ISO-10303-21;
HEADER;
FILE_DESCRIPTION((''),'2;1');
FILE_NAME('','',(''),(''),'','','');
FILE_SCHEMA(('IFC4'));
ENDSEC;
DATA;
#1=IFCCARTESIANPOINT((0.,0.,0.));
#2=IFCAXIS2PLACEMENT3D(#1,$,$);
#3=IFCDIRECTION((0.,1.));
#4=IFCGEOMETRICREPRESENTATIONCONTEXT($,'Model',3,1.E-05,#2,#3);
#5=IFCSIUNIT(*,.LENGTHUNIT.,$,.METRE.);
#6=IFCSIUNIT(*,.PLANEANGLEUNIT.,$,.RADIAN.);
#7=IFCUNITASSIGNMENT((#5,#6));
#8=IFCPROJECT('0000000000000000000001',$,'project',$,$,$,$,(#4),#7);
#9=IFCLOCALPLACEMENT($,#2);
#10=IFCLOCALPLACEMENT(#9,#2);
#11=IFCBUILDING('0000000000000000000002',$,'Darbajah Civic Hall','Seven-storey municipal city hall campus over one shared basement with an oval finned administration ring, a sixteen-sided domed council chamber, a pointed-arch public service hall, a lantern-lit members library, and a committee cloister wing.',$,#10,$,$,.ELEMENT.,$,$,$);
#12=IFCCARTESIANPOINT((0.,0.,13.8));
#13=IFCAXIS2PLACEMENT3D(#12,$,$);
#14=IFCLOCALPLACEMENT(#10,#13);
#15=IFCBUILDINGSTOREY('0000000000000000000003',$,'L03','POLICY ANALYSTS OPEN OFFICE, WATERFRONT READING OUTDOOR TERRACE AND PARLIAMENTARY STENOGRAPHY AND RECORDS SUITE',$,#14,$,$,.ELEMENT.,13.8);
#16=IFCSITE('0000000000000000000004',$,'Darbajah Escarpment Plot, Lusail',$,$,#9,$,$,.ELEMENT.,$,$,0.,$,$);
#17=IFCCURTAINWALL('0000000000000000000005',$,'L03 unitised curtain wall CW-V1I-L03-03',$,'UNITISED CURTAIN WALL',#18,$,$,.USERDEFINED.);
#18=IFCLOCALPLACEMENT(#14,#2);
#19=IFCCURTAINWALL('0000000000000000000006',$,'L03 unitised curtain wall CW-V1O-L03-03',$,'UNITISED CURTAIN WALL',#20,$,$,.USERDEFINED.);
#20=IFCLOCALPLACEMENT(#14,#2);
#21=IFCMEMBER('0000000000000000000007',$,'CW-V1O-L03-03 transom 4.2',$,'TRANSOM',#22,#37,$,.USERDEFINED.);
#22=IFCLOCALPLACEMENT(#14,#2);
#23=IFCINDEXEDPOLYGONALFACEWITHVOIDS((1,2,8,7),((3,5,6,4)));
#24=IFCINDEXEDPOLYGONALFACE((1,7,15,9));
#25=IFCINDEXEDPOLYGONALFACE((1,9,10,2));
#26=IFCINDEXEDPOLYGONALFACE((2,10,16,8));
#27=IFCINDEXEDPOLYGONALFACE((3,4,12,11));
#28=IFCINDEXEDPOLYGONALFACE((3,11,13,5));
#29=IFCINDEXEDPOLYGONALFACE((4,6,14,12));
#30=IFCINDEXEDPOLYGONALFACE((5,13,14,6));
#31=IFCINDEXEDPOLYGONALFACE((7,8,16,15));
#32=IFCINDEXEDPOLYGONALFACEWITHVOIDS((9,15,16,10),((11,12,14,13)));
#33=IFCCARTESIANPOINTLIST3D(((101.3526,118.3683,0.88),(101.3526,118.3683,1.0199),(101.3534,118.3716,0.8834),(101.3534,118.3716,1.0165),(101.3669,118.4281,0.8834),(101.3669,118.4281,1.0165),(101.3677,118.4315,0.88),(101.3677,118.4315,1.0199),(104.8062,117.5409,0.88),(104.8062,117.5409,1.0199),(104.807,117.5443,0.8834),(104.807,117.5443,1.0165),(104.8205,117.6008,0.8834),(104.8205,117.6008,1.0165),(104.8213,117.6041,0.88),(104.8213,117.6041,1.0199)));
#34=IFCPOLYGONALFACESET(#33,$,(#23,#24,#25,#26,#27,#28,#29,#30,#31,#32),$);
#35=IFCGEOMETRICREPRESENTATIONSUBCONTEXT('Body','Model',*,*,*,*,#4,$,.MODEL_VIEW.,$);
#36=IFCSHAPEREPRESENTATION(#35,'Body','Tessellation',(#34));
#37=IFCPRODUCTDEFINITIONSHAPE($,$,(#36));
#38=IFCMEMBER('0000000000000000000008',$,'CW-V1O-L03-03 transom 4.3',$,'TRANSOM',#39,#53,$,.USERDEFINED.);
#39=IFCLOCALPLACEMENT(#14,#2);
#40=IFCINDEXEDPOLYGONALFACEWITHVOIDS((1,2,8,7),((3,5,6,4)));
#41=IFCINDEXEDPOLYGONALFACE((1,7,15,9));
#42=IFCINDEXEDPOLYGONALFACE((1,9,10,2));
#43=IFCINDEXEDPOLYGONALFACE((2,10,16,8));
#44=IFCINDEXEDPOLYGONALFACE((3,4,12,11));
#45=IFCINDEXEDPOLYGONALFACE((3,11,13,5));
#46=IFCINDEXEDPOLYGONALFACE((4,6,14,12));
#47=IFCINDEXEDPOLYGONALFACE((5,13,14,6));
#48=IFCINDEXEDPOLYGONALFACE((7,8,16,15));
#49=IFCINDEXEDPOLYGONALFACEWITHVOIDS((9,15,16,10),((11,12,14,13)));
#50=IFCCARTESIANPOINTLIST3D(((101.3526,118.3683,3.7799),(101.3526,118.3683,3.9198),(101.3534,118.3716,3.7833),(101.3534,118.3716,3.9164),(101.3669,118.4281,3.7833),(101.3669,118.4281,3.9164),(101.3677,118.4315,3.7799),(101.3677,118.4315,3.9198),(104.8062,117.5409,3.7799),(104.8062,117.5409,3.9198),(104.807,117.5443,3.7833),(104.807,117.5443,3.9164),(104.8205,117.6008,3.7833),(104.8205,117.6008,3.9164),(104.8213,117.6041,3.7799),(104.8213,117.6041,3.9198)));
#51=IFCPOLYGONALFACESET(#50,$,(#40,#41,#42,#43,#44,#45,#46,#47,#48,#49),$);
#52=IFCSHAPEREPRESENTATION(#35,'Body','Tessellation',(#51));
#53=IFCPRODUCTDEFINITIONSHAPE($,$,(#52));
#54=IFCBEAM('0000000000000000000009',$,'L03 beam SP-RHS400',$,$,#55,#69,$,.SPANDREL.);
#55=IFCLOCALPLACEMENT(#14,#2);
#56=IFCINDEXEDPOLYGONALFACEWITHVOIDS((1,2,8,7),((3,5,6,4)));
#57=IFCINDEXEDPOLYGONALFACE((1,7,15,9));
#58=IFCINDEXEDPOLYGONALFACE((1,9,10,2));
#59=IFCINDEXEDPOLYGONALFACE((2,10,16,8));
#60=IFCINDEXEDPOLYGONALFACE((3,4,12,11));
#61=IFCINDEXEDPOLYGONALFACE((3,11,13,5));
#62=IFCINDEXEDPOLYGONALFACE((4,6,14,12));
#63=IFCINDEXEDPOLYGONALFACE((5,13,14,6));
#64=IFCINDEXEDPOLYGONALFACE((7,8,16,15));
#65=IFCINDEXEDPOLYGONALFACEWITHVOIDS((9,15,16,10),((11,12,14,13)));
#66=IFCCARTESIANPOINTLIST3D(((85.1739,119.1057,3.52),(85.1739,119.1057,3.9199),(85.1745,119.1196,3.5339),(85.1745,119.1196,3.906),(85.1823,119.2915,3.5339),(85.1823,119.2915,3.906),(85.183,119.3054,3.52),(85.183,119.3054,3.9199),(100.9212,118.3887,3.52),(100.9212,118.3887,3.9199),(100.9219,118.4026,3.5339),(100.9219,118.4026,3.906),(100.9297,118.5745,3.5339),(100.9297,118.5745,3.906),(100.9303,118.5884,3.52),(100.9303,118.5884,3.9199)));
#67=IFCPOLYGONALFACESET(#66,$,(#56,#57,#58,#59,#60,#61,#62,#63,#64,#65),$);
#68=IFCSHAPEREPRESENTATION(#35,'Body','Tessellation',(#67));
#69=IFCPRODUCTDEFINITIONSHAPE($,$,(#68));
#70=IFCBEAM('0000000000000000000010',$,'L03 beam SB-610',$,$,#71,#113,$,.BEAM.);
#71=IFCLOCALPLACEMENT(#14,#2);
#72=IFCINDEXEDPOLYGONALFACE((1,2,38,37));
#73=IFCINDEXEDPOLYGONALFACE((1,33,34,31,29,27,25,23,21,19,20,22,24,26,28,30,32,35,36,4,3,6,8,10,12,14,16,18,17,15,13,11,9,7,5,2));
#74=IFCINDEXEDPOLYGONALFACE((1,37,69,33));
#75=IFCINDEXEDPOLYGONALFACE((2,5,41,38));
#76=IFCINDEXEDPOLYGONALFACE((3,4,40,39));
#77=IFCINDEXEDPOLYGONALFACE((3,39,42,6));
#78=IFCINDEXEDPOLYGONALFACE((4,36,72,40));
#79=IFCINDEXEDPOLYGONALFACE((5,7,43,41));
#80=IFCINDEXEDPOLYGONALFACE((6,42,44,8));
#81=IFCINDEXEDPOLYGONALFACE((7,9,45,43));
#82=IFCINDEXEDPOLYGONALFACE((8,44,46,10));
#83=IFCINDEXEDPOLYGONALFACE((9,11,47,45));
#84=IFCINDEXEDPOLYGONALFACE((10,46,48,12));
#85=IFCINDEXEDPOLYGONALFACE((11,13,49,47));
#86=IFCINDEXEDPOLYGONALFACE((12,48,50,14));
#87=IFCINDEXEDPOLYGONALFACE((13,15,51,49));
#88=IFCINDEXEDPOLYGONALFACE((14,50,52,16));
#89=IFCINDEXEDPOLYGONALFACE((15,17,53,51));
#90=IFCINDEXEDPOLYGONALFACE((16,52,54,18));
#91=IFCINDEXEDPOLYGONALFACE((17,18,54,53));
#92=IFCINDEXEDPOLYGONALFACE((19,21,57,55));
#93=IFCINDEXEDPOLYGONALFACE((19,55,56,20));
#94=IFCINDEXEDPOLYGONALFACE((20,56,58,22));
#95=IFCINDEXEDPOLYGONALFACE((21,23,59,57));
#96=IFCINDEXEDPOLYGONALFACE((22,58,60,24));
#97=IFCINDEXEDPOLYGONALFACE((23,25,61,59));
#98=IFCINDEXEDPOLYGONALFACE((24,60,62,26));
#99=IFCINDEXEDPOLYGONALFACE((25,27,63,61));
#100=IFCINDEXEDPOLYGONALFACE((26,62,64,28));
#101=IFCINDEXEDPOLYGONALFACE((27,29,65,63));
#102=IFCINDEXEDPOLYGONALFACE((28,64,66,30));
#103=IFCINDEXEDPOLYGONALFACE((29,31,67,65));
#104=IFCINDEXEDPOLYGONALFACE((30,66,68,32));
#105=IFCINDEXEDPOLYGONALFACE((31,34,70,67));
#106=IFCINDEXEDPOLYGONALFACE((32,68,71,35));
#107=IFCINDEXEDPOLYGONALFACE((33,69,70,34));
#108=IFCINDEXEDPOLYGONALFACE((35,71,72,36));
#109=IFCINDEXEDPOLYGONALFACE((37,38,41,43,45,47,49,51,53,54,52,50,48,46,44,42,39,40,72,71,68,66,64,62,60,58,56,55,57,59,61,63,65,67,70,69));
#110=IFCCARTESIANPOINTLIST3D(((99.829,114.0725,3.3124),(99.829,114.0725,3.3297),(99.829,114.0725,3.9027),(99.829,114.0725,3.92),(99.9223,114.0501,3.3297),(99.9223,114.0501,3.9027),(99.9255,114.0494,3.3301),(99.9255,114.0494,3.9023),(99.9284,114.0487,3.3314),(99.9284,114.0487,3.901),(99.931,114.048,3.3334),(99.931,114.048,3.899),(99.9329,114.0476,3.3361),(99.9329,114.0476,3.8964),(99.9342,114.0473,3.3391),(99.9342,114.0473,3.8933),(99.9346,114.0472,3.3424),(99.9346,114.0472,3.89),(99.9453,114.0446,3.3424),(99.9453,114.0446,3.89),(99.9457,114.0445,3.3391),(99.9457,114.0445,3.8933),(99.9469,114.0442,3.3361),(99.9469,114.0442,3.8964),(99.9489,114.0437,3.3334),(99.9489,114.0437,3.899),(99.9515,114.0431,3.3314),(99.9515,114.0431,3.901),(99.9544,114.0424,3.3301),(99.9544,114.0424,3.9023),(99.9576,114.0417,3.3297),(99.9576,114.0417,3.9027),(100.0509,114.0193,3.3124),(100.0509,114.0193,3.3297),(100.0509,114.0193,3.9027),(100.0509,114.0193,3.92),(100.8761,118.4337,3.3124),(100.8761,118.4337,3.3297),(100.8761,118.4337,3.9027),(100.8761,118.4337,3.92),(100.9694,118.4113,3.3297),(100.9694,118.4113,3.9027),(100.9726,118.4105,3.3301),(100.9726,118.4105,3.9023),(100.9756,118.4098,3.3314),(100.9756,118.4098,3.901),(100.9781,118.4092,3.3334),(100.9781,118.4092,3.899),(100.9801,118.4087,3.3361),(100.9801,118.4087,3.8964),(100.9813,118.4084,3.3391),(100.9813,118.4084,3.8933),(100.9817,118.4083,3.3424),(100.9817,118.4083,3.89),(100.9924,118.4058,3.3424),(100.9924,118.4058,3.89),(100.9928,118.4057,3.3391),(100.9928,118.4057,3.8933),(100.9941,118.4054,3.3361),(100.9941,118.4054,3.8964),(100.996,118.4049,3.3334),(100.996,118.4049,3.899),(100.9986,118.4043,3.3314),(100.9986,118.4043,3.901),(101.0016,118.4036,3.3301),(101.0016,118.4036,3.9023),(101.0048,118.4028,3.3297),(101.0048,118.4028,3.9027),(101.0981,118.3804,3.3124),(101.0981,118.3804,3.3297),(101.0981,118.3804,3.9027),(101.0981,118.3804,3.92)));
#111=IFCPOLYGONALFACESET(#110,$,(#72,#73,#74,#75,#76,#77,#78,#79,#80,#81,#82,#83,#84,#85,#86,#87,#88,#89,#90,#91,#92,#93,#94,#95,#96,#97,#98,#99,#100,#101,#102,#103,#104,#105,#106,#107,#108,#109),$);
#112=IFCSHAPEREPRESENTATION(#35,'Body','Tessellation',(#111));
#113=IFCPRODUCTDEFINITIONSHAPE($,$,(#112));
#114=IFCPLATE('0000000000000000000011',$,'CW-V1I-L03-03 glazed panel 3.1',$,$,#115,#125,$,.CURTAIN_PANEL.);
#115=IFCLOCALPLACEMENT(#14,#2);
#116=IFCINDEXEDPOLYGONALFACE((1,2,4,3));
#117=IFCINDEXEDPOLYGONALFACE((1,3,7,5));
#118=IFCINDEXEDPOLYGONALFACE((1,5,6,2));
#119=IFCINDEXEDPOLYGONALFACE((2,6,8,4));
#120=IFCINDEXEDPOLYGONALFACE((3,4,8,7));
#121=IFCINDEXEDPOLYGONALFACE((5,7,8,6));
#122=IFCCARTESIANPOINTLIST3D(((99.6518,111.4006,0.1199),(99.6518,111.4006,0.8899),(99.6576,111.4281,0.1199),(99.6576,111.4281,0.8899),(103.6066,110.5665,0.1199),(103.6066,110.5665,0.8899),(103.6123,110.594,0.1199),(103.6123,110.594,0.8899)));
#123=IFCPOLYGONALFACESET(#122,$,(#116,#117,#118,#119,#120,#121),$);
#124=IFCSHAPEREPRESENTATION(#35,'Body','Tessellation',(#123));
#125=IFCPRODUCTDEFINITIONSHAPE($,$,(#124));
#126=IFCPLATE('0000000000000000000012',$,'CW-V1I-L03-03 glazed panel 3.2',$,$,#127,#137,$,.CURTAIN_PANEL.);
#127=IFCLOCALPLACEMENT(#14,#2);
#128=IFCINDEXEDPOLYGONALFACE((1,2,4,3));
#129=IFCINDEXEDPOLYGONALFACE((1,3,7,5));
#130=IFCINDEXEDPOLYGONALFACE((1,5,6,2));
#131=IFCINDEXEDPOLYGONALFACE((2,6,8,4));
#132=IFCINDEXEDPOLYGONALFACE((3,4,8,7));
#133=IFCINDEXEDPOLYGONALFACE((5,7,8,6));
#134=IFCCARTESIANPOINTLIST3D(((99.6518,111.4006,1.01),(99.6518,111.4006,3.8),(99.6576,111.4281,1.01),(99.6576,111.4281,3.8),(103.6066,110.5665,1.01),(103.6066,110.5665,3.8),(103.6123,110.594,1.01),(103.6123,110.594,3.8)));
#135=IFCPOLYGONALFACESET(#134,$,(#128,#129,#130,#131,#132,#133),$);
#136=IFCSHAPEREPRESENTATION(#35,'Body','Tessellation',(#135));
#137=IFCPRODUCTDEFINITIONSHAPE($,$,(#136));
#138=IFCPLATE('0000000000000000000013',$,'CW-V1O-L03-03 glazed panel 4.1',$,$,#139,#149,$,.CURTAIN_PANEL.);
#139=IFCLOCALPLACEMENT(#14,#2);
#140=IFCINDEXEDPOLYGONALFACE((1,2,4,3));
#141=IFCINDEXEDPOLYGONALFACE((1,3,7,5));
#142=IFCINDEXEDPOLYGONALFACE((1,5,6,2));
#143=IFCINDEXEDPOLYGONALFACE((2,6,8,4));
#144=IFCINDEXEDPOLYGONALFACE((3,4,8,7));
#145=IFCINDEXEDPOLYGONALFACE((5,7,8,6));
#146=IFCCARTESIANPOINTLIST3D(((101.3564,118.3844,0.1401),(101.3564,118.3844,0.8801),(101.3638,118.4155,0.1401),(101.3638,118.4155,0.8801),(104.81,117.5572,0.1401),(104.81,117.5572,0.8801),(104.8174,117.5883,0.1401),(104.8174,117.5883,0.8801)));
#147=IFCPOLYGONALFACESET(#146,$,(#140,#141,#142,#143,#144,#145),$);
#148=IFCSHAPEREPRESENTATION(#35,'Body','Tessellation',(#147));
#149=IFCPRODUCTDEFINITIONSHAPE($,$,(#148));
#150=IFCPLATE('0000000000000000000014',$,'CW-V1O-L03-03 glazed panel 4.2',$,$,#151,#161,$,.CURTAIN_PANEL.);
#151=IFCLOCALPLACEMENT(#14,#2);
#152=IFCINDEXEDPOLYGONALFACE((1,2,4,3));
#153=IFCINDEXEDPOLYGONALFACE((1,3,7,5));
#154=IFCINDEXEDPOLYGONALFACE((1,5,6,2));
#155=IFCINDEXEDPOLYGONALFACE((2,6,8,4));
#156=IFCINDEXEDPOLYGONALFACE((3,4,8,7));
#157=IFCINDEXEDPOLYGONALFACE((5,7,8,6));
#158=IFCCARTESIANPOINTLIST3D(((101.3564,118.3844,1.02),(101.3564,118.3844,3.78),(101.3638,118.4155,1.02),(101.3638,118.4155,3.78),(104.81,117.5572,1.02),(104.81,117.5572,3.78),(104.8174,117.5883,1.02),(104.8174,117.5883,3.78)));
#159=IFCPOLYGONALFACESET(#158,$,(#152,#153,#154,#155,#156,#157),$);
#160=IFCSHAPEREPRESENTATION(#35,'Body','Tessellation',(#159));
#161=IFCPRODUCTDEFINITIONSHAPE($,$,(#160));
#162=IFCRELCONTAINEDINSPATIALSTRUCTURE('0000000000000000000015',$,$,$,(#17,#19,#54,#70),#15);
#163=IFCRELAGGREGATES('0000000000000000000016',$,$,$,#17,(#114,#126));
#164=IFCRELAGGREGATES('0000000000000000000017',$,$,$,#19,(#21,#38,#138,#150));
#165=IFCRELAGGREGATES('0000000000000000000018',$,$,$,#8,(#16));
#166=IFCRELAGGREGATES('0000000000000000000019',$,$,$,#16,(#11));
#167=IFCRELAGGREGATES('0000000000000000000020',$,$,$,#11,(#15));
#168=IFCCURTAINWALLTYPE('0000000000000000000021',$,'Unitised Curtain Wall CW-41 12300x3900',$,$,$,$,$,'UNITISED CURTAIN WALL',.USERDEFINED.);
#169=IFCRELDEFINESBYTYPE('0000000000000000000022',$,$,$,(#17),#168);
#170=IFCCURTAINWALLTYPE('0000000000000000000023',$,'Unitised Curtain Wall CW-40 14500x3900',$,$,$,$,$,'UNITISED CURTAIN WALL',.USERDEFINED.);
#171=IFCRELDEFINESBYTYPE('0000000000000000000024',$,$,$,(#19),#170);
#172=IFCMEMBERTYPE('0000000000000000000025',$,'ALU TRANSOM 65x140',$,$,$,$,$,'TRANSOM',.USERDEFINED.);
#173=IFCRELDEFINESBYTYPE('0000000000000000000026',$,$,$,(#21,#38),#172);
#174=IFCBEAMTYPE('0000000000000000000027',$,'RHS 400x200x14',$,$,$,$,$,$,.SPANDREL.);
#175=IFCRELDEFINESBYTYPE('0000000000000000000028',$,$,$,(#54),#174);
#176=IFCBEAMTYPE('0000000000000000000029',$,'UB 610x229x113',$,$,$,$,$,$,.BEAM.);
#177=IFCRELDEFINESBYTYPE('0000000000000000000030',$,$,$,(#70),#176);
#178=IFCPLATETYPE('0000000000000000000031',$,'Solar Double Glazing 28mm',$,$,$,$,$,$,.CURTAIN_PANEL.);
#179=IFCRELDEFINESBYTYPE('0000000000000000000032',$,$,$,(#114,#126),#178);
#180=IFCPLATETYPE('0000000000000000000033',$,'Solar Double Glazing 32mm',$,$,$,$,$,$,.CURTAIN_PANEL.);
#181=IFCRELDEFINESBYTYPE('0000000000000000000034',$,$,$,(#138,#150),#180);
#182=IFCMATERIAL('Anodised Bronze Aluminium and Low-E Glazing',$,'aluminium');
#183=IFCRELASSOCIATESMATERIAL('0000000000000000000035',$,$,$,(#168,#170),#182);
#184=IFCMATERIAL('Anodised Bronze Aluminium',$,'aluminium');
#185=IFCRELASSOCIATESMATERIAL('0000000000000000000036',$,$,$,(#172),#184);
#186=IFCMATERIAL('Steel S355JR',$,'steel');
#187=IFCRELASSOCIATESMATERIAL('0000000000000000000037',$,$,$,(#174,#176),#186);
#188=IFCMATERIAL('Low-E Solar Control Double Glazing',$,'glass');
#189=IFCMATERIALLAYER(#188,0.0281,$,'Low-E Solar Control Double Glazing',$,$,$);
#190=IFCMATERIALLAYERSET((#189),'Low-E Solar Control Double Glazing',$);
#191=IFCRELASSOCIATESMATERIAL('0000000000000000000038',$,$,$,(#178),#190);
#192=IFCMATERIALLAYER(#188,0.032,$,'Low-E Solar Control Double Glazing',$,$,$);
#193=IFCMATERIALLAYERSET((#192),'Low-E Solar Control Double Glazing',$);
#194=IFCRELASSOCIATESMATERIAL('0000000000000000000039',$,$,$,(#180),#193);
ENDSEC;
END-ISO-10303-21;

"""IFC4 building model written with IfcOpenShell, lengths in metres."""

from ifc_helpers import new_model, si_unit, direction, frame, origin, origin_2d, place, context, subcontext, project, spatial, rectangle, hollow_rectangle, i_section, extrude, material, layer, layer_set, material_profile, profile_set, type_object, element, aggregate, save


model = new_model("IFC4")

# Units and contexts
model_context = context("Model", 3, precision=1e-05, world=origin(), true_north=direction((0.0, 1.0)))
body_context = subcontext(model_context, "Body", "Model", "MODEL_VIEW")
ifc_project = project(units=[si_unit("LENGTHUNIT", "METRE"), si_unit("PLANEANGLEUNIT", "RADIAN")], contexts=[model_context])

# Site, building, storey
site_placement = place(None, origin())
site = spatial("IfcSite", under=ifc_project, at=site_placement, Name="Darbajah Escarpment Plot, Lusail", CompositionType="ELEMENT", RefElevation=0.0)
building_placement = place(site_placement, origin())
building = spatial("IfcBuilding", under=site, at=building_placement, Name="Darbajah Civic Hall", Description="Seven-storey municipal city hall campus over one shared basement with an oval finned administration ring, a sixteen-sided domed council chamber, a pointed-arch public service hall, a lantern-lit members library, and a committee cloister wing.", CompositionType="ELEMENT")
storey_placement = place(building_placement, frame((0.0, 0.0, 13.8)))
storey = spatial("IfcBuildingStorey", under=building, at=storey_placement, Name="L03", Description="POLICY ANALYSTS OPEN OFFICE, WATERFRONT READING OUTDOOR TERRACE AND PARLIAMENTARY STENOGRAPHY AND RECORDS SUITE", CompositionType="ELEMENT", Elevation=13.8)

# Curtain walls
ifc_material_1 = material(Name="Anodised Bronze Aluminium and Low-E Glazing", Category="aluminium")
curtain_wall_type_1 = type_object("IfcCurtainWallType", Name="Unitised Curtain Wall CW-41 12300x3900", ElementType="UNITISED CURTAIN WALL", PredefinedType="USERDEFINED", material=ifc_material_1)
curtain_wall_1_placement = place(storey_placement, origin())
curtain_wall_1 = element("IfcCurtainWall", 1, at=curtain_wall_1_placement, inside=storey, type_object=curtain_wall_type_1, Name="L03 unitised curtain wall CW-V1I-L03-03", ObjectType="UNITISED CURTAIN WALL", PredefinedType="USERDEFINED")
ifc_material_2 = material(Name="Anodised Bronze Aluminium", Category="aluminium")
curtain_wall_type_2 = type_object("IfcCurtainWallType", Name="Unitised Curtain Wall CW-40 14500x3900", ElementType="UNITISED CURTAIN WALL", PredefinedType="USERDEFINED", material=ifc_material_1)
curtain_wall_2_placement = place(storey_placement, origin())
curtain_wall_2 = element("IfcCurtainWall", 2, at=curtain_wall_2_placement, inside=storey, type_object=curtain_wall_type_2, Name="L03 unitised curtain wall CW-V1O-L03-03", ObjectType="UNITISED CURTAIN WALL", PredefinedType="USERDEFINED")

# Members
ifc_material_profile_1 = material_profile(ifc_material_2, hollow_rectangle(XDim=0.0649, YDim=0.1399, WallThickness=0.0034, at=origin_2d()), Name="ALU TRANSOM 65x140")
ifc_profile_set_1 = profile_set([ifc_material_profile_1], Name="Anodised Bronze Aluminium")
member_type_1 = type_object("IfcMemberType", Name="ALU TRANSOM 65x140", ElementType="TRANSOM", PredefinedType="USERDEFINED", material=ifc_profile_set_1)
member_1_placement = place(storey_placement, frame((104.8137, 117.5725, 0.95), z_axis=(-0.972481, 0.23298, 0.0), x_axis=(-0.23298, -0.972481, 0.0)))
member_1 = element("IfcMember", 3, at=member_1_placement, type_object=member_type_1, Name="CW-V1O-L03-03 transom 4.2", ObjectType="TRANSOM", PredefinedType="USERDEFINED", context=body_context, shape_type="SweptSolid", body=[
    extrude(hollow_rectangle(XDim=0.0649, YDim=0.1399, WallThickness=0.0034, at=origin_2d()), origin(), (0.0, 0.0, 1.0), 3.5513),
])
member_2_placement = place(storey_placement, frame((104.8137, 117.5725, 3.8499), z_axis=(-0.972481, 0.23298, 0.0), x_axis=(-0.23298, -0.972481, 0.0)))
member_2 = element("IfcMember", 4, at=member_2_placement, type_object=member_type_1, Name="CW-V1O-L03-03 transom 4.3", ObjectType="TRANSOM", PredefinedType="USERDEFINED", context=body_context, shape_type="SweptSolid", body=[
    extrude(hollow_rectangle(XDim=0.0649, YDim=0.1399, WallThickness=0.0034, at=origin_2d()), origin(), (0.0, 0.0, 1.0), 3.5513),
])

# Beams
ifc_material_3 = material(Name="Steel S355JR", Category="steel")
ifc_material_profile_2 = material_profile(ifc_material_3, hollow_rectangle(XDim=0.2, YDim=0.3999, WallThickness=0.0139, at=origin_2d()), Name="RHS 400x200x14")
ifc_profile_set_2 = profile_set([ifc_material_profile_2], Name="Steel S355JR")
beam_type_1 = type_object("IfcBeamType", Name="RHS 400x200x14", PredefinedType="SPANDREL", material=ifc_profile_set_2)
beam_1_placement = place(storey_placement, frame((100.9258, 118.4885, 3.72), z_axis=(-0.998965, 0.045487, 0.0), x_axis=(-0.045487, -0.998965, 0.0)))
element("IfcBeam", 5, at=beam_1_placement, inside=storey, type_object=beam_type_1, Name="L03 beam SP-RHS400", PredefinedType="SPANDREL", context=body_context, shape_type="SweptSolid", body=[
    extrude(hollow_rectangle(XDim=0.2, YDim=0.3999, WallThickness=0.0139, at=origin_2d()), origin(), (0.0, 0.0, 1.0), 15.7637),
])
ifc_material_profile_3 = material_profile(ifc_material_3, i_section(OverallWidth=0.2283, OverallDepth=0.6077, WebThickness=0.011, FlangeThickness=0.0173, FilletRadius=0.0127, at=origin_2d()), Name="UB 610x229x113")
ifc_profile_set_3 = profile_set([ifc_material_profile_3], Name="Steel S355JR")
beam_type_2 = type_object("IfcBeamType", Name="UB 610x229x113", PredefinedType="BEAM", material=ifc_profile_set_3)
beam_2_placement = place(storey_placement, frame((99.9399, 114.0459, 3.6162), z_axis=(0.23347, 0.972364, 0.0), x_axis=(-0.972364, 0.23347, 0.0)))
element("IfcBeam", 6, at=beam_2_placement, inside=storey, type_object=beam_type_2, Name="L03 beam SB-610", PredefinedType="BEAM", context=body_context, shape_type="SweptSolid", body=[
    extrude(i_section(OverallWidth=0.2283, OverallDepth=0.6077, WebThickness=0.011, FlangeThickness=0.0173, FilletRadius=0.0127, at=origin_2d()), origin(), (0.0, 0.0, 1.0), 4.4851),
])

# Plates
ifc_material_4 = material(Name="Low-E Solar Control Double Glazing", Category="glass")
ifc_layer_1 = layer(ifc_material_4, 0.0281, Name="Low-E Solar Control Double Glazing")
ifc_layer_set_1 = layer_set([ifc_layer_1], Name="Low-E Solar Control Double Glazing")
plate_type_1 = type_object("IfcPlateType", Name="Solar Double Glazing 28mm", PredefinedType="CURTAIN_PANEL", material=ifc_layer_set_1)
plate_1_placement = place(storey_placement, frame((101.6321, 110.9973, 0.1199), z_axis=(0.0, 0.0, 1.0), x_axis=(-0.978473, 0.206375, 0.0)))
plate_1 = element("IfcPlate", 7, at=plate_1_placement, type_object=plate_type_1, Name="CW-V1I-L03-03 glazed panel 3.1", PredefinedType="CURTAIN_PANEL", context=body_context, shape_type="SweptSolid", body=[
    extrude(rectangle(XDim=4.0417, YDim=0.0281, at=origin_2d()), origin(), (0.0, 0.0, 1.0), 0.77),
])
plate_2_placement = place(storey_placement, frame((101.6321, 110.9973, 1.01), z_axis=(0.0, 0.0, 1.0), x_axis=(-0.978473, 0.206375, 0.0)))
plate_2 = element("IfcPlate", 8, at=plate_2_placement, type_object=plate_type_1, Name="CW-V1I-L03-03 glazed panel 3.2", PredefinedType="CURTAIN_PANEL", context=body_context, shape_type="SweptSolid", body=[
    extrude(rectangle(XDim=4.0417, YDim=0.0281, at=origin_2d()), origin(), (0.0, 0.0, 1.0), 2.79),
])
aggregate(curtain_wall_1, [plate_1, plate_2])
ifc_layer_2 = layer(ifc_material_4, 0.032, Name="Low-E Solar Control Double Glazing")
ifc_layer_set_2 = layer_set([ifc_layer_2], Name="Low-E Solar Control Double Glazing")
plate_type_2 = type_object("IfcPlateType", Name="Solar Double Glazing 32mm", PredefinedType="CURTAIN_PANEL", material=ifc_layer_set_2)
plate_3_placement = place(storey_placement, frame((103.0869, 117.9863, 0.1401), z_axis=(0.0, 0.0, 1.0), x_axis=(-0.972492, 0.232936, 0.0)))
plate_3 = element("IfcPlate", 9, at=plate_3_placement, type_object=plate_type_2, Name="CW-V1O-L03-03 glazed panel 4.1", PredefinedType="CURTAIN_PANEL", context=body_context, shape_type="SweptSolid", body=[
    extrude(rectangle(XDim=3.5513, YDim=0.032, at=origin_2d()), origin(), (0.0, 0.0, 1.0), 0.74),
])
plate_4_placement = place(storey_placement, frame((103.0869, 117.9863, 1.02), z_axis=(0.0, 0.0, 1.0), x_axis=(-0.972492, 0.232936, 0.0)))
plate_4 = element("IfcPlate", 10, at=plate_4_placement, type_object=plate_type_2, Name="CW-V1O-L03-03 glazed panel 4.2", PredefinedType="CURTAIN_PANEL", context=body_context, shape_type="SweptSolid", body=[
    extrude(rectangle(XDim=3.5513, YDim=0.032, at=origin_2d()), origin(), (0.0, 0.0, 1.0), 2.76),
])
aggregate(curtain_wall_2, [member_1, member_2, plate_3, plate_4])

save(model, "model.ifc")
